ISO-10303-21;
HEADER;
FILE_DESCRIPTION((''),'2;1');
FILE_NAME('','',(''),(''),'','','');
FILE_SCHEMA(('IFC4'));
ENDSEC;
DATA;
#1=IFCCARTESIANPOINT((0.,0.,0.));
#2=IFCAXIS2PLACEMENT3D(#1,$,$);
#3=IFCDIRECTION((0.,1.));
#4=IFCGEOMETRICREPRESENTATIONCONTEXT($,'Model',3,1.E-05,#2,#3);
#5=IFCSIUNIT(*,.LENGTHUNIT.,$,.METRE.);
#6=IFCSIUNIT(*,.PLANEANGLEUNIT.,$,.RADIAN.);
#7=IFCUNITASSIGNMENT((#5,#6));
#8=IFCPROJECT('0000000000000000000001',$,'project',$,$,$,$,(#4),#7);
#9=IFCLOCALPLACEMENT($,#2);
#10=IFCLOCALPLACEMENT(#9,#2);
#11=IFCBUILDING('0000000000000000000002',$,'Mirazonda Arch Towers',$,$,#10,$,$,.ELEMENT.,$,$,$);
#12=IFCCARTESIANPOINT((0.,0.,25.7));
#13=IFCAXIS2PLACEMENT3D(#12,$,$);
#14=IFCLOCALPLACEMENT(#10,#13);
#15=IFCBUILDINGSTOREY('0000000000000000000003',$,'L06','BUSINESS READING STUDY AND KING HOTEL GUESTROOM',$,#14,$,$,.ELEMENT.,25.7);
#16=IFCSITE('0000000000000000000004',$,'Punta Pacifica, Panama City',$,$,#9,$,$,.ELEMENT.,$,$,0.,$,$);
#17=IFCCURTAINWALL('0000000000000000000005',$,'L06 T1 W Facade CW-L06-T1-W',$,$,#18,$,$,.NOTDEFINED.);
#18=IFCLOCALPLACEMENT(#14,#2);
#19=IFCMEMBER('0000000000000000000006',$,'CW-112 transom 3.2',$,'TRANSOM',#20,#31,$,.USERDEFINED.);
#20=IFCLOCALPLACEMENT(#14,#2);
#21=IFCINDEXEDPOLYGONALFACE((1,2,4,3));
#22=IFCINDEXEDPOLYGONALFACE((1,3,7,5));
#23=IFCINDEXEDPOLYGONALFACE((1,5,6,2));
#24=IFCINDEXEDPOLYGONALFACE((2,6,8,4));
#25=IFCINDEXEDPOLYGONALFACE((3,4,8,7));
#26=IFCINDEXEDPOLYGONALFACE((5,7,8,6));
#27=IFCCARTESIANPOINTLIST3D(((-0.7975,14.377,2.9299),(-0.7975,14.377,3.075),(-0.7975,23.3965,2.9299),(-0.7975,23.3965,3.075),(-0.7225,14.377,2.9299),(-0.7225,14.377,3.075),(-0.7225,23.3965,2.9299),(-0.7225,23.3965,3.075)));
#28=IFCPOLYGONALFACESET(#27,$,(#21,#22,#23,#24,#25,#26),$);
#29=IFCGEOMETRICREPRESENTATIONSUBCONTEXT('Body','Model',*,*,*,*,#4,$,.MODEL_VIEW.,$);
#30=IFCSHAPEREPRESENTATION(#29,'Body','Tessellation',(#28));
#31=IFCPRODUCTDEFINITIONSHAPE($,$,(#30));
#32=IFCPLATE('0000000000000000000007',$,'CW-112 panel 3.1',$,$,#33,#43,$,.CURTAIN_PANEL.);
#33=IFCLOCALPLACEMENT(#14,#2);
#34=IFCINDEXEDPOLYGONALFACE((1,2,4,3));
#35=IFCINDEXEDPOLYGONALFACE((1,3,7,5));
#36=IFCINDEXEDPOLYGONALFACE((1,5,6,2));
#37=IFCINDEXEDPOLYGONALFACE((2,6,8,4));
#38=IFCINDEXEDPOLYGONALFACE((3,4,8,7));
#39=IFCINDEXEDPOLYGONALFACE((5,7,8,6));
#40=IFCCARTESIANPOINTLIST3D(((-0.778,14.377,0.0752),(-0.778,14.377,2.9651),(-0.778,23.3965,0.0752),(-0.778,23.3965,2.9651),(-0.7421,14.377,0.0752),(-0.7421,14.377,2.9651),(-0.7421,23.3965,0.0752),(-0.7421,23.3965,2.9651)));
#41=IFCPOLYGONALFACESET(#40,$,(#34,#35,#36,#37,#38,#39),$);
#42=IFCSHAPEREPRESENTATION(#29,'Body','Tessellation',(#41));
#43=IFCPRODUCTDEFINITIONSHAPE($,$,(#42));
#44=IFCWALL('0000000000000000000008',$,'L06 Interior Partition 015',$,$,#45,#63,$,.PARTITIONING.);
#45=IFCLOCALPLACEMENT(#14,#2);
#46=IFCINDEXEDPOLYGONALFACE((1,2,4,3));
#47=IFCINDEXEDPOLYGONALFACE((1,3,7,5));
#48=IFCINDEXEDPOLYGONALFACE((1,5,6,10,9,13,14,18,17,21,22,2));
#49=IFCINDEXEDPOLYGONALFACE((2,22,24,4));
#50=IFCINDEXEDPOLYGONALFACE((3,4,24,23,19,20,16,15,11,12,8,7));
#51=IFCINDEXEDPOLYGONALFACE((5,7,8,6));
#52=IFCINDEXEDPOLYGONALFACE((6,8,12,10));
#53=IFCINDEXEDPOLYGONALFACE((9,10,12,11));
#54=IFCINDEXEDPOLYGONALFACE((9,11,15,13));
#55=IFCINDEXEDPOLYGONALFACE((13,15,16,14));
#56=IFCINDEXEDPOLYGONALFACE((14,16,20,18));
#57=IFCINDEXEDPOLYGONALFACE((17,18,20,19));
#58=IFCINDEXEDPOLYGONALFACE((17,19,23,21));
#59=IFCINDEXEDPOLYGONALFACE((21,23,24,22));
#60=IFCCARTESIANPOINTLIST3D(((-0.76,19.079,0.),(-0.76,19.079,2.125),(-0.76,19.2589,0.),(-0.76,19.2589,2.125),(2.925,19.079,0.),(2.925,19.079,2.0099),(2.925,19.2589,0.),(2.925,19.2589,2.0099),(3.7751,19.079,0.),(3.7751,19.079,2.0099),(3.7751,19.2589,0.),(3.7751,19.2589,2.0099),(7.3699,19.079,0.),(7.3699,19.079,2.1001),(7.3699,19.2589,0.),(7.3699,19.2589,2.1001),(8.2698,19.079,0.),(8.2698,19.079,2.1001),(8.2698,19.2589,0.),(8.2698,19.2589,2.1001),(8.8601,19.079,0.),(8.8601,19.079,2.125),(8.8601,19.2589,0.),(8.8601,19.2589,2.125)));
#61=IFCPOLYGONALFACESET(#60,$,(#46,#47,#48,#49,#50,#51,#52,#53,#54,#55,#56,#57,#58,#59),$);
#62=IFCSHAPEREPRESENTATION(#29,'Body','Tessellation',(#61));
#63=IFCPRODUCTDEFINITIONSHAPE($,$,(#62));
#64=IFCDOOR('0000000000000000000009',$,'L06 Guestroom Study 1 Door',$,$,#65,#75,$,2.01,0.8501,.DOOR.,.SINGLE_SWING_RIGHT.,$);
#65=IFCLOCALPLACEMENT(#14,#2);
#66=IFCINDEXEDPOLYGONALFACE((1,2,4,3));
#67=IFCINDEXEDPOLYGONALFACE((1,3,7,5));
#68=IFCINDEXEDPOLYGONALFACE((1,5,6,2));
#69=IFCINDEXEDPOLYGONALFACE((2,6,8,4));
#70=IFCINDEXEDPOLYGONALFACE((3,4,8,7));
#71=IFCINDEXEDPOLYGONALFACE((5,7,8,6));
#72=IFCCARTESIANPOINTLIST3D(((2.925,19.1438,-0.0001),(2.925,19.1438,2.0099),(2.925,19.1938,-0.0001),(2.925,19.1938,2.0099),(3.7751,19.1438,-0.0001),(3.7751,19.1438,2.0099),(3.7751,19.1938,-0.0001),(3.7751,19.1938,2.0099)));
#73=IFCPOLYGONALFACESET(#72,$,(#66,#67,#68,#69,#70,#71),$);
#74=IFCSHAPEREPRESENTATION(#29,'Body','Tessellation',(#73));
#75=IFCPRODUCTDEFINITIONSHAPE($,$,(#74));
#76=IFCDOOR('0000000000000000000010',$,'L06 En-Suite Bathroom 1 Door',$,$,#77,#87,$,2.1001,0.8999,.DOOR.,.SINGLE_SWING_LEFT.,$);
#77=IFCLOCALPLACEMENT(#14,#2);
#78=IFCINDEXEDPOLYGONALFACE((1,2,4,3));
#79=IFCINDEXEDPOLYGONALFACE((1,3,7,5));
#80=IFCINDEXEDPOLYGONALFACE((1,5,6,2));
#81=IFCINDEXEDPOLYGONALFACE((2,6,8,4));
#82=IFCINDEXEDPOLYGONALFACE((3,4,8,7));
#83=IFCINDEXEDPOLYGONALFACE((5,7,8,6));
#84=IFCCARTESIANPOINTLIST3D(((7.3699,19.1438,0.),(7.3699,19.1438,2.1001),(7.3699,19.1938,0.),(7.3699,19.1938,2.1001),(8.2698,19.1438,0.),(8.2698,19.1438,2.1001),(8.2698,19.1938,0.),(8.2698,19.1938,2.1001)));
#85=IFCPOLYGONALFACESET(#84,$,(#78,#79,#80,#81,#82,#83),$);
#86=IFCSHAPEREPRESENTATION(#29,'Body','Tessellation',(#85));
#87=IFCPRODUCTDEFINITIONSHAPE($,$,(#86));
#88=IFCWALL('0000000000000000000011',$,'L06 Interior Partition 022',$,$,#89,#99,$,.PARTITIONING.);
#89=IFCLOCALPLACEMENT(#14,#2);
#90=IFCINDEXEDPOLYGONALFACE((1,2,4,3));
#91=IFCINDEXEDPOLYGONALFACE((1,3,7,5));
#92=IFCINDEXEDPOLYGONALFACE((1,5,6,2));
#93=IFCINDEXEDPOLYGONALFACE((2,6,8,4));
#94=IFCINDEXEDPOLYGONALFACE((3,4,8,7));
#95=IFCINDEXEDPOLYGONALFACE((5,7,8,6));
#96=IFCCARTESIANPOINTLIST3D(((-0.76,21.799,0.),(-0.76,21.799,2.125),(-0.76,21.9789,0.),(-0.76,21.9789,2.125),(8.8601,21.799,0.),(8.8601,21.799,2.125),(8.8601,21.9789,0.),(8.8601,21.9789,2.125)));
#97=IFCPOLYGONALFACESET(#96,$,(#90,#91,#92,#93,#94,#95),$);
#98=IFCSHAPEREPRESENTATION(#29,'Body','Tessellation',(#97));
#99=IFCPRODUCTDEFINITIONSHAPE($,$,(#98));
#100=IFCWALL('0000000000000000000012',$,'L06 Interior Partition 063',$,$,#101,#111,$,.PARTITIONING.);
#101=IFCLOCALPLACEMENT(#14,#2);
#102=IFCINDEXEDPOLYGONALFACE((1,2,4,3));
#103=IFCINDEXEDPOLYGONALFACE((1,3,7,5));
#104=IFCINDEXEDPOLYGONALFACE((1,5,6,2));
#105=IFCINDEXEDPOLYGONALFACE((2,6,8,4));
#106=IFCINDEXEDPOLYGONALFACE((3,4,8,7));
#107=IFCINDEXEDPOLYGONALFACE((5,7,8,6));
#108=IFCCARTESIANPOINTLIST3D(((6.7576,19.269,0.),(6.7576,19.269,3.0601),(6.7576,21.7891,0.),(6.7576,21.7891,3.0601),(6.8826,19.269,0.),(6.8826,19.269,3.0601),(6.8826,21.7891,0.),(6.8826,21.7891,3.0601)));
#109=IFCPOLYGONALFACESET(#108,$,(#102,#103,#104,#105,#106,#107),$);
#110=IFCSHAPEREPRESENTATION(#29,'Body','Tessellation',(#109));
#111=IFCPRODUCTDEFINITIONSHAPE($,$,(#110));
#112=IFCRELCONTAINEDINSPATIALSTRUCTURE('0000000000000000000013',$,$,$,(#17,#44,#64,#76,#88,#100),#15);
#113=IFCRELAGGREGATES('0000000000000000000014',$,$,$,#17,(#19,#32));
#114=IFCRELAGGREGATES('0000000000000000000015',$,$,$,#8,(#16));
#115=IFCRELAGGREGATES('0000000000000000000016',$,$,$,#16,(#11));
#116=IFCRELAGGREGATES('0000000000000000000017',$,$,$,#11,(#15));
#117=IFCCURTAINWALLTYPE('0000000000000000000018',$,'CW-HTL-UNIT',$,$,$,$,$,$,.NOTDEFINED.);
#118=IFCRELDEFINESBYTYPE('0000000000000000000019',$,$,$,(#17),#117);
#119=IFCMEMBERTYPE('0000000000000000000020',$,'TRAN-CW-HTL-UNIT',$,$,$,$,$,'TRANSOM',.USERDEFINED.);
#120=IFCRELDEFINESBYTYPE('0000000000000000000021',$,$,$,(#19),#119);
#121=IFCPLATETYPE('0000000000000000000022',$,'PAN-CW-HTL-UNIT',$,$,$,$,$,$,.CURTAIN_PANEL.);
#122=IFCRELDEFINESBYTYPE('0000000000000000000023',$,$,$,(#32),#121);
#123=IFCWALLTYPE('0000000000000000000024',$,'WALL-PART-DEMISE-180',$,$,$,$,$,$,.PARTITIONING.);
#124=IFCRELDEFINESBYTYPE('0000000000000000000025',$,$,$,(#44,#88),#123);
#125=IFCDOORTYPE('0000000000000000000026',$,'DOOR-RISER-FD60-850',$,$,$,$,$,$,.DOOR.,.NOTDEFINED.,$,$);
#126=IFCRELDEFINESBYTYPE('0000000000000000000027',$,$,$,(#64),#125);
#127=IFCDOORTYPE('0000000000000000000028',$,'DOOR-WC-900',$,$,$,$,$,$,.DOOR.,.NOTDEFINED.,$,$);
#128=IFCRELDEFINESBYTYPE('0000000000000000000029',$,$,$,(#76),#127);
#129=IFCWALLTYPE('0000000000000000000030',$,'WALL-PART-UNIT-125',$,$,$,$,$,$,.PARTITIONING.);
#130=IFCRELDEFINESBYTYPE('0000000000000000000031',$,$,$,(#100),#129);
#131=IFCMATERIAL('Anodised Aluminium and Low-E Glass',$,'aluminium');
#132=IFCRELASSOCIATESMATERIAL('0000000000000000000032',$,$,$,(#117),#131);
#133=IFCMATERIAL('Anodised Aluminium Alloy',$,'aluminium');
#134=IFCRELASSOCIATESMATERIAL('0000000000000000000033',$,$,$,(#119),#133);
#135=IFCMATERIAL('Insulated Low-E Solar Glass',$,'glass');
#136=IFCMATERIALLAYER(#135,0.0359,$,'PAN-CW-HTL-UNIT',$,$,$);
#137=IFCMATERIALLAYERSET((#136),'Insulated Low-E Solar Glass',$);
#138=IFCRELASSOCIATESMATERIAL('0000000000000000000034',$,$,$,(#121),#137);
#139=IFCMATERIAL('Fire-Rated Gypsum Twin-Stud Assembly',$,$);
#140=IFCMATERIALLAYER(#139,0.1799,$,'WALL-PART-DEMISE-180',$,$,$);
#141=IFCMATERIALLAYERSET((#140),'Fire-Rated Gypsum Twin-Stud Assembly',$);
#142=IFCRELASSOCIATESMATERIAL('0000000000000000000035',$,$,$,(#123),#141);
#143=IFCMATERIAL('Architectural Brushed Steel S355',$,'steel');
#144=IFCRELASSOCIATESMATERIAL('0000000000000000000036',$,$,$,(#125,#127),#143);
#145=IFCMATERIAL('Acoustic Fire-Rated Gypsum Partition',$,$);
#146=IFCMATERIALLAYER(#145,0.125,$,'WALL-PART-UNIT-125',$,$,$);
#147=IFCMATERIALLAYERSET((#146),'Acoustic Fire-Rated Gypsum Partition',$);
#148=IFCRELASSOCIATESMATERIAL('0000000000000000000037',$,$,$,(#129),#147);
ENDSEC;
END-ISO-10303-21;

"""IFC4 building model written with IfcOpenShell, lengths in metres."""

from ifc_helpers import new_model, si_unit, direction, frame, frame_2d, origin, origin_2d, place, context, subcontext, project, spatial, rectangle, extrude, material, layer, layer_set, material_profile, profile_set, type_object, element, fill, aggregate, save


model = new_model("IFC4")

# Units and contexts
model_context = context("Model", 3, precision=1e-05, world=origin(), true_north=direction((0.0, 1.0)))
body_context = subcontext(model_context, "Body", "Model", "MODEL_VIEW")
ifc_project = project(units=[si_unit("LENGTHUNIT", "METRE"), si_unit("PLANEANGLEUNIT", "RADIAN")], contexts=[model_context])

# Site, building, storey
site_placement = place(None, origin())
site = spatial("IfcSite", under=ifc_project, at=site_placement, Name="Punta Pacifica, Panama City", CompositionType="ELEMENT", RefElevation=0.0)
building_placement = place(site_placement, origin())
building = spatial("IfcBuilding", under=site, at=building_placement, Name="Mirazonda Arch Towers", CompositionType="ELEMENT")
storey_placement = place(building_placement, frame((0.0, 0.0, 25.7)))
storey = spatial("IfcBuildingStorey", under=building, at=storey_placement, Name="L06", Description="BUSINESS READING STUDY AND KING HOTEL GUESTROOM", CompositionType="ELEMENT", Elevation=25.7)

# Curtain wall, member, plate
ifc_material_1 = material(Name="Anodised Aluminium and Low-E Glass", Category="aluminium")
curtain_wall_type = type_object("IfcCurtainWallType", Name="CW-HTL-UNIT", PredefinedType="NOTDEFINED", material=ifc_material_1)
curtain_wall_placement = place(storey_placement, origin())
curtain_wall = element("IfcCurtainWall", 1, at=curtain_wall_placement, inside=storey, type_object=curtain_wall_type, Name="L06 T1 W Facade CW-L06-T1-W", PredefinedType="NOTDEFINED")
ifc_material_2 = material(Name="Anodised Aluminium Alloy", Category="aluminium")
ifc_material_profile_1 = material_profile(ifc_material_2, rectangle(XDim=0.075, YDim=0.145, at=origin_2d()), Name="ALU-TRAN-75x145")
ifc_profile_set_1 = profile_set([ifc_material_profile_1], Name="Anodised Aluminium Alloy")
member_type_1 = type_object("IfcMemberType", Name="TRAN-CW-HTL-UNIT", ElementType="TRANSOM", PredefinedType="USERDEFINED", material=ifc_profile_set_1)
member_1_placement = place(storey_placement, frame((-0.76, 23.3965, 3.0024), z_axis=(0.0, -1.0, 0.0), x_axis=(1.0, 0.0, 0.0)))
member_1 = element("IfcMember", 2, at=member_1_placement, type_object=member_type_1, Name="CW-112 transom 3.2", ObjectType="TRANSOM", PredefinedType="USERDEFINED", context=body_context, shape_type="SweptSolid", body=[
    extrude(rectangle(XDim=0.075, YDim=0.145, at=origin_2d()), origin(), (0.0, 0.0, 1.0), 9.0195),
])
ifc_material_3 = material(Name="Insulated Low-E Solar Glass", Category="glass")
ifc_layer_1 = layer(ifc_material_3, 0.0359, Name="PAN-CW-HTL-UNIT")
ifc_layer_set_1 = layer_set([ifc_layer_1], Name="Insulated Low-E Solar Glass")
plate_type = type_object("IfcPlateType", Name="PAN-CW-HTL-UNIT", PredefinedType="CURTAIN_PANEL", material=ifc_layer_set_1)
plate_placement = place(storey_placement, frame((-0.76, 18.8867, 0.0752), z_axis=(0.0, 0.0, 1.0), x_axis=(0.0, -1.0, 0.0)))
plate = element("IfcPlate", 3, at=plate_placement, type_object=plate_type, Name="CW-112 panel 3.1", PredefinedType="CURTAIN_PANEL", context=body_context, shape_type="SweptSolid", body=[
    extrude(rectangle(XDim=9.0195, YDim=0.0359, at=origin_2d()), origin(), (0.0, 0.0, 1.0), 2.8899),
])
aggregate(curtain_wall, [member_1, plate])

# Wall, openings, doors
ifc_material_4 = material(Name="Fire-Rated Gypsum Twin-Stud Assembly")
ifc_layer_2 = layer(ifc_material_4, 0.1799, Name="WALL-PART-DEMISE-180")
ifc_layer_set_2 = layer_set([ifc_layer_2], Name="Fire-Rated Gypsum Twin-Stud Assembly")
wall_type_1 = type_object("IfcWallType", Name="WALL-PART-DEMISE-180", PredefinedType="PARTITIONING", material=ifc_layer_set_2)
wall_1_placement = place(storey_placement, frame((-0.76, 19.1689, 0.0), z_axis=(0.0, 0.0, 1.0), x_axis=(1.0, 0.0, 0.0)))
wall_1 = element("IfcWall", 4, at=wall_1_placement, inside=storey, type_object=wall_type_1, Name="L06 Interior Partition 015", PredefinedType="PARTITIONING", context=body_context, shape_type="SweptSolid", body=[
    extrude(rectangle(XDim=9.6201, YDim=0.1799, at=frame_2d((4.8101, 0.0))), origin(), (0.0, 0.0, 1.0), 2.125),
])
opening_1_placement = place(wall_1_placement, frame((3.6851, 0.0, 0.0)))
opening_1 = element("IfcOpeningElement", 5, at=opening_1_placement, cuts=wall_1, PredefinedType="OPENING", context=body_context, shape_type="SweptSolid", body=[
    extrude(rectangle(XDim=0.8501, YDim=2.01, at=frame_2d((0.425, 1.0049))), frame((0.0, 0.0999, 0.0), z_axis=(0.0, -1.0, 0.0), x_axis=(1.0, 0.0, 0.0)), (0.0, 0.0, 1.0), 0.2),
])
opening_2_placement = place(wall_1_placement, frame((8.1299, 0.0, 0.0)))
opening_2 = element("IfcOpeningElement", 6, at=opening_2_placement, cuts=wall_1, PredefinedType="OPENING", context=body_context, shape_type="SweptSolid", body=[
    extrude(rectangle(XDim=0.8999, YDim=2.1001, at=frame_2d((0.45, 1.05))), frame((0.0, 0.0999, 0.0), z_axis=(0.0, -1.0, 0.0), x_axis=(1.0, 0.0, 0.0)), (0.0, 0.0, 1.0), 0.2),
])
ifc_material_5 = material(Name="Architectural Brushed Steel S355", Category="steel")
door_type_1 = type_object("IfcDoorType", Name="DOOR-RISER-FD60-850", OperationType="NOTDEFINED", PredefinedType="DOOR", material=ifc_material_5)
door_1_placement = place(opening_1_placement, origin())
door_1 = element("IfcDoor", 7, at=door_1_placement, inside=storey, type_object=door_type_1, Name="L06 Guestroom Study 1 Door", OperationType="SINGLE_SWING_RIGHT", OverallHeight=2.01, OverallWidth=0.8501, PredefinedType="DOOR", context=body_context, shape_type="SweptSolid", body=[
    extrude(rectangle(XDim=0.8501, YDim=2.01, at=frame_2d((0.425, 1.0049))), frame((0.0, 0.0249, 0.0), z_axis=(0.0, -1.0, 0.0), x_axis=(1.0, 0.0, 0.0)), (0.0, 0.0, 1.0), 0.05),
])
fill(opening_1, door_1)
door_type_2 = type_object("IfcDoorType", Name="DOOR-WC-900", OperationType="NOTDEFINED", PredefinedType="DOOR", material=ifc_material_5)
door_2_placement = place(opening_2_placement, origin())
door_2 = element("IfcDoor", 8, at=door_2_placement, inside=storey, type_object=door_type_2, Name="L06 En-Suite Bathroom 1 Door", OperationType="SINGLE_SWING_LEFT", OverallHeight=2.1001, OverallWidth=0.8999, PredefinedType="DOOR", context=body_context, shape_type="SweptSolid", body=[
    extrude(rectangle(XDim=0.8999, YDim=2.1001, at=frame_2d((0.45, 1.05))), frame((0.0, 0.0249, 0.0), z_axis=(0.0, -1.0, 0.0), x_axis=(1.0, 0.0, 0.0)), (0.0, 0.0, 1.0), 0.05),
])
fill(opening_2, door_2)

# Walls
wall_2_placement = place(storey_placement, frame((-0.76, 21.8889, 0.0), z_axis=(0.0, 0.0, 1.0), x_axis=(1.0, 0.0, 0.0)))
element("IfcWall", 9, at=wall_2_placement, inside=storey, type_object=wall_type_1, Name="L06 Interior Partition 022", PredefinedType="PARTITIONING", context=body_context, shape_type="SweptSolid", body=[
    extrude(rectangle(XDim=9.6201, YDim=0.1799, at=frame_2d((4.8101, 0.0))), origin(), (0.0, 0.0, 1.0), 2.125),
])
ifc_material_6 = material(Name="Acoustic Fire-Rated Gypsum Partition")
ifc_layer_3 = layer(ifc_material_6, 0.125, Name="WALL-PART-UNIT-125")
ifc_layer_set_3 = layer_set([ifc_layer_3], Name="Acoustic Fire-Rated Gypsum Partition")
wall_type_2 = type_object("IfcWallType", Name="WALL-PART-UNIT-125", PredefinedType="PARTITIONING", material=ifc_layer_set_3)
wall_3_placement = place(storey_placement, frame((6.8201, 19.269, 0.0), z_axis=(0.0, 0.0, 1.0), x_axis=(0.0, 1.0, 0.0)))
element("IfcWall", 10, at=wall_3_placement, inside=storey, type_object=wall_type_2, Name="L06 Interior Partition 063", PredefinedType="PARTITIONING", context=body_context, shape_type="SweptSolid", body=[
    extrude(rectangle(XDim=2.52, YDim=0.125, at=frame_2d((1.26, 0.0))), origin(), (0.0, 0.0, 1.0), 3.0601),
])

save(model, "model.ifc")
